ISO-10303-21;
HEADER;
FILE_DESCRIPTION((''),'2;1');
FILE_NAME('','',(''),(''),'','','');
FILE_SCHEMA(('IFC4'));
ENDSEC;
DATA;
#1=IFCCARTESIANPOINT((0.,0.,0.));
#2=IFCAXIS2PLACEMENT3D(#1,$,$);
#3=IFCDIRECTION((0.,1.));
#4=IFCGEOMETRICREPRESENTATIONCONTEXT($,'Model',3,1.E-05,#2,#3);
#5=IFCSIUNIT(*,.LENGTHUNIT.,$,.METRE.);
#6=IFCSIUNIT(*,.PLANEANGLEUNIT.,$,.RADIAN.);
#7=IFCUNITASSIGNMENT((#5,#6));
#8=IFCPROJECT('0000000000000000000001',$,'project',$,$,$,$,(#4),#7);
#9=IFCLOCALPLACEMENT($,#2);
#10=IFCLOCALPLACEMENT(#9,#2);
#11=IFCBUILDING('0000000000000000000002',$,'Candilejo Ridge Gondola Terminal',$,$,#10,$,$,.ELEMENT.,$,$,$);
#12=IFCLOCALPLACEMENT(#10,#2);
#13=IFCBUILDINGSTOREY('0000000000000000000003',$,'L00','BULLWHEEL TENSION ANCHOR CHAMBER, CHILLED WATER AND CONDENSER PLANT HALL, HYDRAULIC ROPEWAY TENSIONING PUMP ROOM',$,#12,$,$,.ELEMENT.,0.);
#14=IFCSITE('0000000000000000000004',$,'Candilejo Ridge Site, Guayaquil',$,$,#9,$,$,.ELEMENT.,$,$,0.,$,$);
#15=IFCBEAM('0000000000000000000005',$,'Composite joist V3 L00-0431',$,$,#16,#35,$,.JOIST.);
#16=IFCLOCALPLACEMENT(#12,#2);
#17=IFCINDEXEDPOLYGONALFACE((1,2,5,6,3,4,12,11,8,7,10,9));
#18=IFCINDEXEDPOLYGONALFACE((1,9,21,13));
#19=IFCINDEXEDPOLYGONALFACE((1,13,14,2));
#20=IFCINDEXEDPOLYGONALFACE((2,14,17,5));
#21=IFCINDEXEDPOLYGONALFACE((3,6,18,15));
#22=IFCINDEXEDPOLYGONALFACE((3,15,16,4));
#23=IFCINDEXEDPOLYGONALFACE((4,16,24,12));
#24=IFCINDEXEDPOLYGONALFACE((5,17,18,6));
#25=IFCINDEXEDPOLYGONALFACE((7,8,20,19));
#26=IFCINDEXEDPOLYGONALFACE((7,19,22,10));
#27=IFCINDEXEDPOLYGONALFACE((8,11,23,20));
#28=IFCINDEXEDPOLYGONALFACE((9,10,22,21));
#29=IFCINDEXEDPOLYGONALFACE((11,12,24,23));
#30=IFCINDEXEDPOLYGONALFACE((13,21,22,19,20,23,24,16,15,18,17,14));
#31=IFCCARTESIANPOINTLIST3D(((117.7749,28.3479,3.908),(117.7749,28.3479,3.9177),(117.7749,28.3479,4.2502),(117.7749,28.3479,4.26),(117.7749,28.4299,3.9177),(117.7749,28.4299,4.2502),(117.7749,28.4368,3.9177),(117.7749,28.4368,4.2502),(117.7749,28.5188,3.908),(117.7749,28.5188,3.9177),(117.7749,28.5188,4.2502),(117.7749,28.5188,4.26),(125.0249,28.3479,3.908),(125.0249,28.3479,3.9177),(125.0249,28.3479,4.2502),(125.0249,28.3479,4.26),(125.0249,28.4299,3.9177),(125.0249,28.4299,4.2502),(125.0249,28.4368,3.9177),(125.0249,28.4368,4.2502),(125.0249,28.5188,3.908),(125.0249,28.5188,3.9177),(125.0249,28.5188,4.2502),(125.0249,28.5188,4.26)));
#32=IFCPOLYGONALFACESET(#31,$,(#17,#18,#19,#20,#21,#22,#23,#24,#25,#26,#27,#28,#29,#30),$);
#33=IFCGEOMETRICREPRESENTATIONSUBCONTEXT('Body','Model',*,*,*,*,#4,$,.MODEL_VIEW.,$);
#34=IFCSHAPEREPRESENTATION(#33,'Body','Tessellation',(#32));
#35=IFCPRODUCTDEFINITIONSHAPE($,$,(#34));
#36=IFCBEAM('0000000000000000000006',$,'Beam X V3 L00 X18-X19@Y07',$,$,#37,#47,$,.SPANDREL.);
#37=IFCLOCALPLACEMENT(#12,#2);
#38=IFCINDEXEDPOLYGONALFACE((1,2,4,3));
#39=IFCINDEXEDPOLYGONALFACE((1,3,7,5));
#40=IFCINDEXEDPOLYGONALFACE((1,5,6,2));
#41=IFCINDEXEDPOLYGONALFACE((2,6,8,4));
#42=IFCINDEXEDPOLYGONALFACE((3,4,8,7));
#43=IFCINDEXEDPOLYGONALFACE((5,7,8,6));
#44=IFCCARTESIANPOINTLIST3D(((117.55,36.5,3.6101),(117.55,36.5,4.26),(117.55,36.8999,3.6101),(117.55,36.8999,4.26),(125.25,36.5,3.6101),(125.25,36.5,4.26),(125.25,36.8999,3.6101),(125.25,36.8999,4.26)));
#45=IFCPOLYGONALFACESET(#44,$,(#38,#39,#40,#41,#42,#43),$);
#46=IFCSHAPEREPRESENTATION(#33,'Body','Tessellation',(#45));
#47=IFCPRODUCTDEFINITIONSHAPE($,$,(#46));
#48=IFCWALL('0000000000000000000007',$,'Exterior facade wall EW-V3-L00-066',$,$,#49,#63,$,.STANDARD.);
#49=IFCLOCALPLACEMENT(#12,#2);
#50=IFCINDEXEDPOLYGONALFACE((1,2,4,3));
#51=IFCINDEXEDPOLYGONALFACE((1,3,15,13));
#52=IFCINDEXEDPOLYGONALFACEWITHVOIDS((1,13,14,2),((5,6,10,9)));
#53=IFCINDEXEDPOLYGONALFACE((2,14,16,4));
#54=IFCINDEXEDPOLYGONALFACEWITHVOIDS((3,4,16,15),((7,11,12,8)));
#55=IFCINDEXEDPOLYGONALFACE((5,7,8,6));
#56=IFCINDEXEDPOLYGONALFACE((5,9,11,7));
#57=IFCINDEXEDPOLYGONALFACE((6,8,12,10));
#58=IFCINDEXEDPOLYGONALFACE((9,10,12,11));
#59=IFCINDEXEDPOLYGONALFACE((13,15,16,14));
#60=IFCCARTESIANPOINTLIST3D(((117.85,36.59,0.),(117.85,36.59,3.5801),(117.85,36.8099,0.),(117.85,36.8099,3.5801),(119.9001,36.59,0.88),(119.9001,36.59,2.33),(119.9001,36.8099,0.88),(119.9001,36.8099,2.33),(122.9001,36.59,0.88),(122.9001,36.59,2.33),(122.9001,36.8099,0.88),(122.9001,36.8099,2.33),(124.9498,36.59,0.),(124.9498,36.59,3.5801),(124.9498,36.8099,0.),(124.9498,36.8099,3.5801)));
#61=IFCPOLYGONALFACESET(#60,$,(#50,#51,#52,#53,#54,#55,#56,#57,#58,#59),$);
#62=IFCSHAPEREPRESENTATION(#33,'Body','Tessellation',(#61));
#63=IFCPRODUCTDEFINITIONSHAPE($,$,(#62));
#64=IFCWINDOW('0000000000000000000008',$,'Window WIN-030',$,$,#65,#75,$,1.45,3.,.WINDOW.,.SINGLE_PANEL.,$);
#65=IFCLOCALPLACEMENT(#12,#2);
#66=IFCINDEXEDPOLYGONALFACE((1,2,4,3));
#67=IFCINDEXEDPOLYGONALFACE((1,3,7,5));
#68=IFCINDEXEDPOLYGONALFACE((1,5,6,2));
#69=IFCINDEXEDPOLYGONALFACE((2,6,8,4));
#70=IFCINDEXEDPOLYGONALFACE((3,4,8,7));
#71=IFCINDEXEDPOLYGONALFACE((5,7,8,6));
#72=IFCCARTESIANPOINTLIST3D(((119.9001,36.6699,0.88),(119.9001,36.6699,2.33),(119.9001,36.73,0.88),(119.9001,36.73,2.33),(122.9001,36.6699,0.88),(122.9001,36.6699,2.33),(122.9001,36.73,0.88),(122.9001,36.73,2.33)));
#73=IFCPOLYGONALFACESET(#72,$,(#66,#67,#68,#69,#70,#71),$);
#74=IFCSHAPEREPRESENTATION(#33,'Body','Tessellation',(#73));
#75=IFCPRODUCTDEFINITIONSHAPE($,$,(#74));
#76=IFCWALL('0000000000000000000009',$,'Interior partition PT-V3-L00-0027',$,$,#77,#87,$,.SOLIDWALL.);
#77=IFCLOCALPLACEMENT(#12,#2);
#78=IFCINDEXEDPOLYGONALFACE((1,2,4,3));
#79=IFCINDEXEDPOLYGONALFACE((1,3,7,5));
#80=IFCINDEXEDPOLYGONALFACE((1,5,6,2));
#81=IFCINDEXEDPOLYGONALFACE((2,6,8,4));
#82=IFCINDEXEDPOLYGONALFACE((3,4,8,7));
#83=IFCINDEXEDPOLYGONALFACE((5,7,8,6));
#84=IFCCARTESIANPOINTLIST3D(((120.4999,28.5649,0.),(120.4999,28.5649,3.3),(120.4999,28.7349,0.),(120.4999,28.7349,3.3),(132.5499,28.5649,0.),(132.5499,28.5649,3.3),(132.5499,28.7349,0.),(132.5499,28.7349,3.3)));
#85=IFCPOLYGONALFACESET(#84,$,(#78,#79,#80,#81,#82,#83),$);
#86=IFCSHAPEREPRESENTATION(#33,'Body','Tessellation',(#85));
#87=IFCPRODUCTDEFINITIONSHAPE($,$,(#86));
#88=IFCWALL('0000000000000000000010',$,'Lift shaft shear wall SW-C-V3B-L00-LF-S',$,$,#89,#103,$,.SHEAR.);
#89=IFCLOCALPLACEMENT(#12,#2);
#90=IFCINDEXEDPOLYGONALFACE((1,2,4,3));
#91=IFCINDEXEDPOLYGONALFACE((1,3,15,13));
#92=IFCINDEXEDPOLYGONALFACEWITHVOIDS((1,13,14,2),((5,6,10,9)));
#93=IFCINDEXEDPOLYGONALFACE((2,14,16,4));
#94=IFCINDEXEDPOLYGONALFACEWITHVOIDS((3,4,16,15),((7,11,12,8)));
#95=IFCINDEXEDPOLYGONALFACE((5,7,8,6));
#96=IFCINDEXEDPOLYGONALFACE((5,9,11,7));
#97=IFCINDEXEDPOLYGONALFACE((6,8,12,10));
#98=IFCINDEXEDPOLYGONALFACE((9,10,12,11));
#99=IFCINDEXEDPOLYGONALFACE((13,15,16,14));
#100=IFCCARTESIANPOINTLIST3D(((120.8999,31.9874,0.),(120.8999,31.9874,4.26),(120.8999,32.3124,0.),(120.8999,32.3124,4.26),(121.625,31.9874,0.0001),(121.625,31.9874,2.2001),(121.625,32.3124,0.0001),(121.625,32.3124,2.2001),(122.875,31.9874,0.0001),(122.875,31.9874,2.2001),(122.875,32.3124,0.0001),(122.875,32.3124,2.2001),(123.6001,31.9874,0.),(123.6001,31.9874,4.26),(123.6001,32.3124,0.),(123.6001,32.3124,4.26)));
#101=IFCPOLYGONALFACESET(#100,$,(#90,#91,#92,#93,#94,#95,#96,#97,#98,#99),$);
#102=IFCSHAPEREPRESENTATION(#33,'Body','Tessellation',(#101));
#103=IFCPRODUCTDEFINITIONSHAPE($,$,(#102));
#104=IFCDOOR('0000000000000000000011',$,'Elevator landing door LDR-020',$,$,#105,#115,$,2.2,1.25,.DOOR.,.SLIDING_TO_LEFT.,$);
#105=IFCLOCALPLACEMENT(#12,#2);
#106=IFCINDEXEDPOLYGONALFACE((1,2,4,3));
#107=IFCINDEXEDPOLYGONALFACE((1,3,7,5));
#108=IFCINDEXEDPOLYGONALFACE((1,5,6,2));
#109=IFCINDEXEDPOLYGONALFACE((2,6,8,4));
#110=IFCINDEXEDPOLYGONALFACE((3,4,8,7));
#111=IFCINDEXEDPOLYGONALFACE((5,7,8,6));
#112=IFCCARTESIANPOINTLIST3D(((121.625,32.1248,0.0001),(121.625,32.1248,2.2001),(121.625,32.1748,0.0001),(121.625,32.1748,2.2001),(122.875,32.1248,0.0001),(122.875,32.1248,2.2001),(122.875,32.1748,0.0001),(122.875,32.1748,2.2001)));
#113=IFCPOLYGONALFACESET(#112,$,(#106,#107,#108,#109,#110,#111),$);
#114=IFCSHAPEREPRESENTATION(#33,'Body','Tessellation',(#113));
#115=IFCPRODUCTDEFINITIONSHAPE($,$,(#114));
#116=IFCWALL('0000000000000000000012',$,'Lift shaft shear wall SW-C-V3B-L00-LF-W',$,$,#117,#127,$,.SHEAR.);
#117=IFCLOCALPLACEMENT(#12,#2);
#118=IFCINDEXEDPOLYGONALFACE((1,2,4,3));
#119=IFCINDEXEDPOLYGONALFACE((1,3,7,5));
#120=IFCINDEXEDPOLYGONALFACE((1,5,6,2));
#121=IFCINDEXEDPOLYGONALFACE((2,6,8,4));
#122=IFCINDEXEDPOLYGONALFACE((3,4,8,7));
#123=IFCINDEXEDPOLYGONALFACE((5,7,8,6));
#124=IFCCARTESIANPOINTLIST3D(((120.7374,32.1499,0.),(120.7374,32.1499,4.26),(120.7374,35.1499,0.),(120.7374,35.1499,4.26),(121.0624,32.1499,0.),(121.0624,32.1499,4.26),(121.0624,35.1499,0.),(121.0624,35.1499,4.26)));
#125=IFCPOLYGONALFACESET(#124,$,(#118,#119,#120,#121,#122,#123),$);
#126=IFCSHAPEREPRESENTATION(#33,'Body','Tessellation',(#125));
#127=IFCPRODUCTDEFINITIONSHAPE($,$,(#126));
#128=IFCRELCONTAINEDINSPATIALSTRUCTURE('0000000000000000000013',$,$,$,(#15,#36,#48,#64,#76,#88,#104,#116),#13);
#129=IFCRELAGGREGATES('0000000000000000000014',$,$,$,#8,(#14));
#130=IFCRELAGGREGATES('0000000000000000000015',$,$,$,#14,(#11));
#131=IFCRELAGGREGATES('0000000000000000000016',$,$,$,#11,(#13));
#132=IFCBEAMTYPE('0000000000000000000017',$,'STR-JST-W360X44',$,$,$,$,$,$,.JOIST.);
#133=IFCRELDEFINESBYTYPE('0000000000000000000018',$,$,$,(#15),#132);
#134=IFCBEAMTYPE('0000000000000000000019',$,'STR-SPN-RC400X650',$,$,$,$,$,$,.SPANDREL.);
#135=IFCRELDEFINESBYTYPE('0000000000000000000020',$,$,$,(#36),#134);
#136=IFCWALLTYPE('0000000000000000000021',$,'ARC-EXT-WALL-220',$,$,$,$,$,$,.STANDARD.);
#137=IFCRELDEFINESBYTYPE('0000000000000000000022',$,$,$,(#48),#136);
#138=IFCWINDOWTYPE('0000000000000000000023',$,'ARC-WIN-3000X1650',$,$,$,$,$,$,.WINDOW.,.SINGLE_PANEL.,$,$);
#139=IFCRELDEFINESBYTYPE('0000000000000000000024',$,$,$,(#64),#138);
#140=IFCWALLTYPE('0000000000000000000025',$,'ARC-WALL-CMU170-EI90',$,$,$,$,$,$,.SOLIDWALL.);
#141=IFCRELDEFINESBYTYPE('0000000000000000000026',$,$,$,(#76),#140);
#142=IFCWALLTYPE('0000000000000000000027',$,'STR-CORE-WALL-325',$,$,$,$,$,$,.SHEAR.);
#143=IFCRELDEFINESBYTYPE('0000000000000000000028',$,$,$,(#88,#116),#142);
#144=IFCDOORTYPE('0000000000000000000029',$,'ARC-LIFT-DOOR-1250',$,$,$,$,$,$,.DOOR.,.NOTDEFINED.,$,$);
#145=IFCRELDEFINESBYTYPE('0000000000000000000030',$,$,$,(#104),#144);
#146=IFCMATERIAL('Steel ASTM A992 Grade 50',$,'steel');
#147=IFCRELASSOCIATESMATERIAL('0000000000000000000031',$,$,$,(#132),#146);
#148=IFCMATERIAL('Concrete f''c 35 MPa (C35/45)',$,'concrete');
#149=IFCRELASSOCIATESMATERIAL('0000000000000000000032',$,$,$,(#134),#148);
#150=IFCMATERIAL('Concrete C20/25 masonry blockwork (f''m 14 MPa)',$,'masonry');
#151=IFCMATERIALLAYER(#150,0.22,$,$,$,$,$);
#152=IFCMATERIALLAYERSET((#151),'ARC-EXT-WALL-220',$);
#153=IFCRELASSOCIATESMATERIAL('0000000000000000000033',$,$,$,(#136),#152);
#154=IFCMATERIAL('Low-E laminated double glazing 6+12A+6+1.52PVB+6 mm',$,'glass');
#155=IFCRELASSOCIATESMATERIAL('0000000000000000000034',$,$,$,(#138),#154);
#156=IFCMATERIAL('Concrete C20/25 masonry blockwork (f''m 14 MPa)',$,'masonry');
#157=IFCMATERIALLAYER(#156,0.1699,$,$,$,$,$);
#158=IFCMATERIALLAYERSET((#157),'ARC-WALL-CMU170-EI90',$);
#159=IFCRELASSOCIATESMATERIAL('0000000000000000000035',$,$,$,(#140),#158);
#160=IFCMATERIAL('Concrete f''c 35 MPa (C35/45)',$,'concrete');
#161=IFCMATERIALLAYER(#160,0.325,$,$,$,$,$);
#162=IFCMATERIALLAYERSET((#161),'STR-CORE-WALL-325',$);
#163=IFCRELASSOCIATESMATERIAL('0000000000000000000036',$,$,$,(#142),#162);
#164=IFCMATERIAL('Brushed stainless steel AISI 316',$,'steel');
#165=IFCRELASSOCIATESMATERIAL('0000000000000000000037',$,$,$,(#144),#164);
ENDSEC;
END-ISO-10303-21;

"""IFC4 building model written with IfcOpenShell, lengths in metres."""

from ifc_helpers import new_model, si_unit, direction, frame, frame_2d, origin, origin_2d, place, context, subcontext, project, spatial, rectangle, i_section, extrude, material, layer, layer_set, material_profile, profile_set, type_object, element, fill, save


model = new_model("IFC4")

# Units and contexts
model_context = context("Model", 3, precision=1e-05, world=origin(), true_north=direction((0.0, 1.0)))
body_context = subcontext(model_context, "Body", "Model", "MODEL_VIEW")
ifc_project = project(units=[si_unit("LENGTHUNIT", "METRE"), si_unit("PLANEANGLEUNIT", "RADIAN")], contexts=[model_context])

# Site, building, storey
site_placement = place(None, origin())
site = spatial("IfcSite", under=ifc_project, at=site_placement, Name="Candilejo Ridge Site, Guayaquil", CompositionType="ELEMENT", RefElevation=0.0)
building_placement = place(site_placement, origin())
building = spatial("IfcBuilding", under=site, at=building_placement, Name="Candilejo Ridge Gondola Terminal", CompositionType="ELEMENT")
storey_placement = place(building_placement, origin())
storey = spatial("IfcBuildingStorey", under=building, at=storey_placement, Name="L00", Description="BULLWHEEL TENSION ANCHOR CHAMBER, CHILLED WATER AND CONDENSER PLANT HALL, HYDRAULIC ROPEWAY TENSIONING PUMP ROOM", CompositionType="ELEMENT", Elevation=0.0)

# Beams
ifc_material_1 = material(Name="Steel ASTM A992 Grade 50", Category="steel")
ifc_material_profile_1 = material_profile(ifc_material_1, i_section(OverallWidth=0.1709, OverallDepth=0.3521, WebThickness=0.0068, FlangeThickness=0.0098, at=origin_2d()))
ifc_profile_set_1 = profile_set([ifc_material_profile_1], Name="Steel ASTM A992 Grade 50")
beam_type_1 = type_object("IfcBeamType", Name="STR-JST-W360X44", PredefinedType="JOIST", material=ifc_profile_set_1)
beam_1_placement = place(storey_placement, frame((117.7749, 28.4333, 4.084), z_axis=(1.0, 0.0, 0.0), x_axis=(0.0, 1.0, 0.0)))
element("IfcBeam", 1, at=beam_1_placement, inside=storey, type_object=beam_type_1, Name="Composite joist V3 L00-0431", PredefinedType="JOIST", context=body_context, shape_type="SweptSolid", body=[
    extrude(i_section(OverallWidth=0.1709, OverallDepth=0.3521, WebThickness=0.0068, FlangeThickness=0.0098, at=origin_2d()), origin(), (0.0, 0.0, 1.0), 7.25),
])
ifc_material_2 = material(Name="Concrete f'c 35 MPa (C35/45)", Category="concrete")
ifc_material_profile_2 = material_profile(ifc_material_2, rectangle(XDim=0.3999, YDim=0.6499, at=origin_2d()))
ifc_profile_set_2 = profile_set([ifc_material_profile_2], Name="Concrete f'c 35 MPa (C35/45)")
beam_type_2 = type_object("IfcBeamType", Name="STR-SPN-RC400X650", PredefinedType="SPANDREL", material=ifc_profile_set_2)
beam_2_placement = place(storey_placement, frame((117.55, 36.7, 3.9351), z_axis=(1.0, 0.0, 0.0), x_axis=(0.0, 1.0, 0.0)))
element("IfcBeam", 2, at=beam_2_placement, inside=storey, type_object=beam_type_2, Name="Beam X V3 L00 X18-X19@Y07", PredefinedType="SPANDREL", context=body_context, shape_type="SweptSolid", body=[
    extrude(rectangle(XDim=0.3999, YDim=0.6499, at=origin_2d()), origin(), (0.0, 0.0, 1.0), 7.7),
])

# Wall, opening, window
ifc_material_3 = material(Name="Concrete C20/25 masonry blockwork (f'm 14 MPa)", Category="masonry")
ifc_layer_1 = layer(ifc_material_3, 0.22)
ifc_layer_set_1 = layer_set([ifc_layer_1], Name="ARC-EXT-WALL-220")
wall_type_1 = type_object("IfcWallType", Name="ARC-EXT-WALL-220", PredefinedType="STANDARD", material=ifc_layer_set_1)
wall_1_placement = place(storey_placement, frame((117.8501, 36.7, 0.0), z_axis=(0.0, 0.0, 1.0), x_axis=(1.0, 0.0, 0.0)))
wall_1 = element("IfcWall", 3, at=wall_1_placement, inside=storey, type_object=wall_type_1, Name="Exterior facade wall EW-V3-L00-066", PredefinedType="STANDARD", context=body_context, shape_type="SweptSolid", body=[
    extrude(rectangle(XDim=7.0999, YDim=0.22, at=frame_2d((3.5498, 0.0))), origin(), (0.0, 0.0, 1.0), 3.5801),
])
opening_1_placement = place(wall_1_placement, frame((2.05, 0.0, 0.8799)))
opening_1 = element("IfcOpeningElement", 4, at=opening_1_placement, cuts=wall_1, PredefinedType="OPENING", context=body_context, shape_type="SweptSolid", body=[
    extrude(rectangle(XDim=3.0, YDim=1.45, at=frame_2d((1.5, 0.7251))), frame((0.0, 0.1199, 0.0), z_axis=(0.0, -1.0, 0.0), x_axis=(1.0, 0.0, 0.0)), (0.0, 0.0, 1.0), 0.24),
])
ifc_material_4 = material(Name="Low-E laminated double glazing 6+12A+6+1.52PVB+6 mm", Category="glass")
window_type = type_object("IfcWindowType", Name="ARC-WIN-3000X1650", PartitioningType="SINGLE_PANEL", PredefinedType="WINDOW", material=ifc_material_4)
window_placement = place(opening_1_placement, origin())
window = element("IfcWindow", 5, at=window_placement, inside=storey, type_object=window_type, Name="Window WIN-030", OverallHeight=1.45, OverallWidth=3.0, PartitioningType="SINGLE_PANEL", PredefinedType="WINDOW", context=body_context, shape_type="SweptSolid", body=[
    extrude(rectangle(XDim=3.0, YDim=1.45, at=frame_2d((1.5, 0.7251))), frame((0.0, 0.03, 0.0), z_axis=(0.0, -1.0, 0.0), x_axis=(1.0, 0.0, 0.0)), (0.0, 0.0, 1.0), 0.0601),
])
fill(opening_1, window)

# Shared definitions
ifc_material_5 = material(Name="Concrete C20/25 masonry blockwork (f'm 14 MPa)", Category="masonry")
ifc_layer_2 = layer(ifc_material_5, 0.1699)
ifc_layer_set_2 = layer_set([ifc_layer_2], Name="ARC-WALL-CMU170-EI90")
wall_type_2 = type_object("IfcWallType", Name="ARC-WALL-CMU170-EI90", PredefinedType="SOLIDWALL", material=ifc_layer_set_2)

# Wall
wall_2_placement = place(storey_placement, frame((120.5, 28.6499, 0.0), z_axis=(0.0, 0.0, 1.0), x_axis=(1.0, 0.0, 0.0)))
element("IfcWall", 6, at=wall_2_placement, inside=storey, type_object=wall_type_2, Name="Interior partition PT-V3-L00-0027", PredefinedType="SOLIDWALL", context=body_context, shape_type="SweptSolid", body=[
    extrude(rectangle(XDim=12.05, YDim=0.1699, at=frame_2d((6.0249, 0.0))), origin(), (0.0, 0.0, 1.0), 3.3),
])

# Wall, opening, door
ifc_material_6 = material(Name="Concrete f'c 35 MPa (C35/45)", Category="concrete")
ifc_layer_3 = layer(ifc_material_6, 0.325)
ifc_layer_set_3 = layer_set([ifc_layer_3], Name="STR-CORE-WALL-325")
wall_type_3 = type_object("IfcWallType", Name="STR-CORE-WALL-325", PredefinedType="SHEAR", material=ifc_layer_set_3)
wall_3_placement = place(storey_placement, frame((120.8999, 32.1499, 0.0), z_axis=(0.0, 0.0, 1.0), x_axis=(1.0, 0.0, 0.0)))
wall_3 = element("IfcWall", 7, at=wall_3_placement, inside=storey, type_object=wall_type_3, Name="Lift shaft shear wall SW-C-V3B-L00-LF-S", PredefinedType="SHEAR", context=body_context, shape_type="SweptSolid", body=[
    extrude(rectangle(XDim=2.7002, YDim=0.325, at=frame_2d((1.3501, 0.0))), origin(), (0.0, 0.0, 1.0), 4.26),
])
opening_2_placement = place(wall_3_placement, frame((0.7251, 0.0, 0.0)))
opening_2 = element("IfcOpeningElement", 8, at=opening_2_placement, cuts=wall_3, PredefinedType="OPENING", context=body_context, shape_type="SweptSolid", body=[
    extrude(rectangle(XDim=1.25, YDim=2.2, at=frame_2d((0.625, 1.1001))), frame((0.0, 0.1724, 0.0), z_axis=(0.0, -1.0, 0.0), x_axis=(1.0, 0.0, 0.0)), (0.0, 0.0, 1.0), 0.345),
])
ifc_material_7 = material(Name="Brushed stainless steel AISI 316", Category="steel")
door_type_1 = type_object("IfcDoorType", Name="ARC-LIFT-DOOR-1250", OperationType="NOTDEFINED", PredefinedType="DOOR", material=ifc_material_7)
door_1_placement = place(opening_2_placement, origin())
door_1 = element("IfcDoor", 9, at=door_1_placement, inside=storey, type_object=door_type_1, Name="Elevator landing door LDR-020", OperationType="SLIDING_TO_LEFT", OverallHeight=2.2, OverallWidth=1.25, PredefinedType="DOOR", context=body_context, shape_type="SweptSolid", body=[
    extrude(rectangle(XDim=1.25, YDim=2.2, at=frame_2d((0.625, 1.1001))), frame((0.0, 0.0249, 0.0), z_axis=(0.0, -1.0, 0.0), x_axis=(1.0, 0.0, 0.0)), (0.0, 0.0, 1.0), 0.05),
])
fill(opening_2, door_1)

# Wall
wall_4_placement = place(storey_placement, frame((120.8999, 32.1499, 0.0), z_axis=(0.0, 0.0, 1.0), x_axis=(0.0, 1.0, 0.0)))
element("IfcWall", 10, at=wall_4_placement, inside=storey, type_object=wall_type_3, Name="Lift shaft shear wall SW-C-V3B-L00-LF-W", PredefinedType="SHEAR", context=body_context, shape_type="SweptSolid", body=[
    extrude(rectangle(XDim=3.0, YDim=0.325, at=frame_2d((1.5, 0.0))), origin(), (0.0, 0.0, 1.0), 4.26),
])

save(model, "model.ifc")
